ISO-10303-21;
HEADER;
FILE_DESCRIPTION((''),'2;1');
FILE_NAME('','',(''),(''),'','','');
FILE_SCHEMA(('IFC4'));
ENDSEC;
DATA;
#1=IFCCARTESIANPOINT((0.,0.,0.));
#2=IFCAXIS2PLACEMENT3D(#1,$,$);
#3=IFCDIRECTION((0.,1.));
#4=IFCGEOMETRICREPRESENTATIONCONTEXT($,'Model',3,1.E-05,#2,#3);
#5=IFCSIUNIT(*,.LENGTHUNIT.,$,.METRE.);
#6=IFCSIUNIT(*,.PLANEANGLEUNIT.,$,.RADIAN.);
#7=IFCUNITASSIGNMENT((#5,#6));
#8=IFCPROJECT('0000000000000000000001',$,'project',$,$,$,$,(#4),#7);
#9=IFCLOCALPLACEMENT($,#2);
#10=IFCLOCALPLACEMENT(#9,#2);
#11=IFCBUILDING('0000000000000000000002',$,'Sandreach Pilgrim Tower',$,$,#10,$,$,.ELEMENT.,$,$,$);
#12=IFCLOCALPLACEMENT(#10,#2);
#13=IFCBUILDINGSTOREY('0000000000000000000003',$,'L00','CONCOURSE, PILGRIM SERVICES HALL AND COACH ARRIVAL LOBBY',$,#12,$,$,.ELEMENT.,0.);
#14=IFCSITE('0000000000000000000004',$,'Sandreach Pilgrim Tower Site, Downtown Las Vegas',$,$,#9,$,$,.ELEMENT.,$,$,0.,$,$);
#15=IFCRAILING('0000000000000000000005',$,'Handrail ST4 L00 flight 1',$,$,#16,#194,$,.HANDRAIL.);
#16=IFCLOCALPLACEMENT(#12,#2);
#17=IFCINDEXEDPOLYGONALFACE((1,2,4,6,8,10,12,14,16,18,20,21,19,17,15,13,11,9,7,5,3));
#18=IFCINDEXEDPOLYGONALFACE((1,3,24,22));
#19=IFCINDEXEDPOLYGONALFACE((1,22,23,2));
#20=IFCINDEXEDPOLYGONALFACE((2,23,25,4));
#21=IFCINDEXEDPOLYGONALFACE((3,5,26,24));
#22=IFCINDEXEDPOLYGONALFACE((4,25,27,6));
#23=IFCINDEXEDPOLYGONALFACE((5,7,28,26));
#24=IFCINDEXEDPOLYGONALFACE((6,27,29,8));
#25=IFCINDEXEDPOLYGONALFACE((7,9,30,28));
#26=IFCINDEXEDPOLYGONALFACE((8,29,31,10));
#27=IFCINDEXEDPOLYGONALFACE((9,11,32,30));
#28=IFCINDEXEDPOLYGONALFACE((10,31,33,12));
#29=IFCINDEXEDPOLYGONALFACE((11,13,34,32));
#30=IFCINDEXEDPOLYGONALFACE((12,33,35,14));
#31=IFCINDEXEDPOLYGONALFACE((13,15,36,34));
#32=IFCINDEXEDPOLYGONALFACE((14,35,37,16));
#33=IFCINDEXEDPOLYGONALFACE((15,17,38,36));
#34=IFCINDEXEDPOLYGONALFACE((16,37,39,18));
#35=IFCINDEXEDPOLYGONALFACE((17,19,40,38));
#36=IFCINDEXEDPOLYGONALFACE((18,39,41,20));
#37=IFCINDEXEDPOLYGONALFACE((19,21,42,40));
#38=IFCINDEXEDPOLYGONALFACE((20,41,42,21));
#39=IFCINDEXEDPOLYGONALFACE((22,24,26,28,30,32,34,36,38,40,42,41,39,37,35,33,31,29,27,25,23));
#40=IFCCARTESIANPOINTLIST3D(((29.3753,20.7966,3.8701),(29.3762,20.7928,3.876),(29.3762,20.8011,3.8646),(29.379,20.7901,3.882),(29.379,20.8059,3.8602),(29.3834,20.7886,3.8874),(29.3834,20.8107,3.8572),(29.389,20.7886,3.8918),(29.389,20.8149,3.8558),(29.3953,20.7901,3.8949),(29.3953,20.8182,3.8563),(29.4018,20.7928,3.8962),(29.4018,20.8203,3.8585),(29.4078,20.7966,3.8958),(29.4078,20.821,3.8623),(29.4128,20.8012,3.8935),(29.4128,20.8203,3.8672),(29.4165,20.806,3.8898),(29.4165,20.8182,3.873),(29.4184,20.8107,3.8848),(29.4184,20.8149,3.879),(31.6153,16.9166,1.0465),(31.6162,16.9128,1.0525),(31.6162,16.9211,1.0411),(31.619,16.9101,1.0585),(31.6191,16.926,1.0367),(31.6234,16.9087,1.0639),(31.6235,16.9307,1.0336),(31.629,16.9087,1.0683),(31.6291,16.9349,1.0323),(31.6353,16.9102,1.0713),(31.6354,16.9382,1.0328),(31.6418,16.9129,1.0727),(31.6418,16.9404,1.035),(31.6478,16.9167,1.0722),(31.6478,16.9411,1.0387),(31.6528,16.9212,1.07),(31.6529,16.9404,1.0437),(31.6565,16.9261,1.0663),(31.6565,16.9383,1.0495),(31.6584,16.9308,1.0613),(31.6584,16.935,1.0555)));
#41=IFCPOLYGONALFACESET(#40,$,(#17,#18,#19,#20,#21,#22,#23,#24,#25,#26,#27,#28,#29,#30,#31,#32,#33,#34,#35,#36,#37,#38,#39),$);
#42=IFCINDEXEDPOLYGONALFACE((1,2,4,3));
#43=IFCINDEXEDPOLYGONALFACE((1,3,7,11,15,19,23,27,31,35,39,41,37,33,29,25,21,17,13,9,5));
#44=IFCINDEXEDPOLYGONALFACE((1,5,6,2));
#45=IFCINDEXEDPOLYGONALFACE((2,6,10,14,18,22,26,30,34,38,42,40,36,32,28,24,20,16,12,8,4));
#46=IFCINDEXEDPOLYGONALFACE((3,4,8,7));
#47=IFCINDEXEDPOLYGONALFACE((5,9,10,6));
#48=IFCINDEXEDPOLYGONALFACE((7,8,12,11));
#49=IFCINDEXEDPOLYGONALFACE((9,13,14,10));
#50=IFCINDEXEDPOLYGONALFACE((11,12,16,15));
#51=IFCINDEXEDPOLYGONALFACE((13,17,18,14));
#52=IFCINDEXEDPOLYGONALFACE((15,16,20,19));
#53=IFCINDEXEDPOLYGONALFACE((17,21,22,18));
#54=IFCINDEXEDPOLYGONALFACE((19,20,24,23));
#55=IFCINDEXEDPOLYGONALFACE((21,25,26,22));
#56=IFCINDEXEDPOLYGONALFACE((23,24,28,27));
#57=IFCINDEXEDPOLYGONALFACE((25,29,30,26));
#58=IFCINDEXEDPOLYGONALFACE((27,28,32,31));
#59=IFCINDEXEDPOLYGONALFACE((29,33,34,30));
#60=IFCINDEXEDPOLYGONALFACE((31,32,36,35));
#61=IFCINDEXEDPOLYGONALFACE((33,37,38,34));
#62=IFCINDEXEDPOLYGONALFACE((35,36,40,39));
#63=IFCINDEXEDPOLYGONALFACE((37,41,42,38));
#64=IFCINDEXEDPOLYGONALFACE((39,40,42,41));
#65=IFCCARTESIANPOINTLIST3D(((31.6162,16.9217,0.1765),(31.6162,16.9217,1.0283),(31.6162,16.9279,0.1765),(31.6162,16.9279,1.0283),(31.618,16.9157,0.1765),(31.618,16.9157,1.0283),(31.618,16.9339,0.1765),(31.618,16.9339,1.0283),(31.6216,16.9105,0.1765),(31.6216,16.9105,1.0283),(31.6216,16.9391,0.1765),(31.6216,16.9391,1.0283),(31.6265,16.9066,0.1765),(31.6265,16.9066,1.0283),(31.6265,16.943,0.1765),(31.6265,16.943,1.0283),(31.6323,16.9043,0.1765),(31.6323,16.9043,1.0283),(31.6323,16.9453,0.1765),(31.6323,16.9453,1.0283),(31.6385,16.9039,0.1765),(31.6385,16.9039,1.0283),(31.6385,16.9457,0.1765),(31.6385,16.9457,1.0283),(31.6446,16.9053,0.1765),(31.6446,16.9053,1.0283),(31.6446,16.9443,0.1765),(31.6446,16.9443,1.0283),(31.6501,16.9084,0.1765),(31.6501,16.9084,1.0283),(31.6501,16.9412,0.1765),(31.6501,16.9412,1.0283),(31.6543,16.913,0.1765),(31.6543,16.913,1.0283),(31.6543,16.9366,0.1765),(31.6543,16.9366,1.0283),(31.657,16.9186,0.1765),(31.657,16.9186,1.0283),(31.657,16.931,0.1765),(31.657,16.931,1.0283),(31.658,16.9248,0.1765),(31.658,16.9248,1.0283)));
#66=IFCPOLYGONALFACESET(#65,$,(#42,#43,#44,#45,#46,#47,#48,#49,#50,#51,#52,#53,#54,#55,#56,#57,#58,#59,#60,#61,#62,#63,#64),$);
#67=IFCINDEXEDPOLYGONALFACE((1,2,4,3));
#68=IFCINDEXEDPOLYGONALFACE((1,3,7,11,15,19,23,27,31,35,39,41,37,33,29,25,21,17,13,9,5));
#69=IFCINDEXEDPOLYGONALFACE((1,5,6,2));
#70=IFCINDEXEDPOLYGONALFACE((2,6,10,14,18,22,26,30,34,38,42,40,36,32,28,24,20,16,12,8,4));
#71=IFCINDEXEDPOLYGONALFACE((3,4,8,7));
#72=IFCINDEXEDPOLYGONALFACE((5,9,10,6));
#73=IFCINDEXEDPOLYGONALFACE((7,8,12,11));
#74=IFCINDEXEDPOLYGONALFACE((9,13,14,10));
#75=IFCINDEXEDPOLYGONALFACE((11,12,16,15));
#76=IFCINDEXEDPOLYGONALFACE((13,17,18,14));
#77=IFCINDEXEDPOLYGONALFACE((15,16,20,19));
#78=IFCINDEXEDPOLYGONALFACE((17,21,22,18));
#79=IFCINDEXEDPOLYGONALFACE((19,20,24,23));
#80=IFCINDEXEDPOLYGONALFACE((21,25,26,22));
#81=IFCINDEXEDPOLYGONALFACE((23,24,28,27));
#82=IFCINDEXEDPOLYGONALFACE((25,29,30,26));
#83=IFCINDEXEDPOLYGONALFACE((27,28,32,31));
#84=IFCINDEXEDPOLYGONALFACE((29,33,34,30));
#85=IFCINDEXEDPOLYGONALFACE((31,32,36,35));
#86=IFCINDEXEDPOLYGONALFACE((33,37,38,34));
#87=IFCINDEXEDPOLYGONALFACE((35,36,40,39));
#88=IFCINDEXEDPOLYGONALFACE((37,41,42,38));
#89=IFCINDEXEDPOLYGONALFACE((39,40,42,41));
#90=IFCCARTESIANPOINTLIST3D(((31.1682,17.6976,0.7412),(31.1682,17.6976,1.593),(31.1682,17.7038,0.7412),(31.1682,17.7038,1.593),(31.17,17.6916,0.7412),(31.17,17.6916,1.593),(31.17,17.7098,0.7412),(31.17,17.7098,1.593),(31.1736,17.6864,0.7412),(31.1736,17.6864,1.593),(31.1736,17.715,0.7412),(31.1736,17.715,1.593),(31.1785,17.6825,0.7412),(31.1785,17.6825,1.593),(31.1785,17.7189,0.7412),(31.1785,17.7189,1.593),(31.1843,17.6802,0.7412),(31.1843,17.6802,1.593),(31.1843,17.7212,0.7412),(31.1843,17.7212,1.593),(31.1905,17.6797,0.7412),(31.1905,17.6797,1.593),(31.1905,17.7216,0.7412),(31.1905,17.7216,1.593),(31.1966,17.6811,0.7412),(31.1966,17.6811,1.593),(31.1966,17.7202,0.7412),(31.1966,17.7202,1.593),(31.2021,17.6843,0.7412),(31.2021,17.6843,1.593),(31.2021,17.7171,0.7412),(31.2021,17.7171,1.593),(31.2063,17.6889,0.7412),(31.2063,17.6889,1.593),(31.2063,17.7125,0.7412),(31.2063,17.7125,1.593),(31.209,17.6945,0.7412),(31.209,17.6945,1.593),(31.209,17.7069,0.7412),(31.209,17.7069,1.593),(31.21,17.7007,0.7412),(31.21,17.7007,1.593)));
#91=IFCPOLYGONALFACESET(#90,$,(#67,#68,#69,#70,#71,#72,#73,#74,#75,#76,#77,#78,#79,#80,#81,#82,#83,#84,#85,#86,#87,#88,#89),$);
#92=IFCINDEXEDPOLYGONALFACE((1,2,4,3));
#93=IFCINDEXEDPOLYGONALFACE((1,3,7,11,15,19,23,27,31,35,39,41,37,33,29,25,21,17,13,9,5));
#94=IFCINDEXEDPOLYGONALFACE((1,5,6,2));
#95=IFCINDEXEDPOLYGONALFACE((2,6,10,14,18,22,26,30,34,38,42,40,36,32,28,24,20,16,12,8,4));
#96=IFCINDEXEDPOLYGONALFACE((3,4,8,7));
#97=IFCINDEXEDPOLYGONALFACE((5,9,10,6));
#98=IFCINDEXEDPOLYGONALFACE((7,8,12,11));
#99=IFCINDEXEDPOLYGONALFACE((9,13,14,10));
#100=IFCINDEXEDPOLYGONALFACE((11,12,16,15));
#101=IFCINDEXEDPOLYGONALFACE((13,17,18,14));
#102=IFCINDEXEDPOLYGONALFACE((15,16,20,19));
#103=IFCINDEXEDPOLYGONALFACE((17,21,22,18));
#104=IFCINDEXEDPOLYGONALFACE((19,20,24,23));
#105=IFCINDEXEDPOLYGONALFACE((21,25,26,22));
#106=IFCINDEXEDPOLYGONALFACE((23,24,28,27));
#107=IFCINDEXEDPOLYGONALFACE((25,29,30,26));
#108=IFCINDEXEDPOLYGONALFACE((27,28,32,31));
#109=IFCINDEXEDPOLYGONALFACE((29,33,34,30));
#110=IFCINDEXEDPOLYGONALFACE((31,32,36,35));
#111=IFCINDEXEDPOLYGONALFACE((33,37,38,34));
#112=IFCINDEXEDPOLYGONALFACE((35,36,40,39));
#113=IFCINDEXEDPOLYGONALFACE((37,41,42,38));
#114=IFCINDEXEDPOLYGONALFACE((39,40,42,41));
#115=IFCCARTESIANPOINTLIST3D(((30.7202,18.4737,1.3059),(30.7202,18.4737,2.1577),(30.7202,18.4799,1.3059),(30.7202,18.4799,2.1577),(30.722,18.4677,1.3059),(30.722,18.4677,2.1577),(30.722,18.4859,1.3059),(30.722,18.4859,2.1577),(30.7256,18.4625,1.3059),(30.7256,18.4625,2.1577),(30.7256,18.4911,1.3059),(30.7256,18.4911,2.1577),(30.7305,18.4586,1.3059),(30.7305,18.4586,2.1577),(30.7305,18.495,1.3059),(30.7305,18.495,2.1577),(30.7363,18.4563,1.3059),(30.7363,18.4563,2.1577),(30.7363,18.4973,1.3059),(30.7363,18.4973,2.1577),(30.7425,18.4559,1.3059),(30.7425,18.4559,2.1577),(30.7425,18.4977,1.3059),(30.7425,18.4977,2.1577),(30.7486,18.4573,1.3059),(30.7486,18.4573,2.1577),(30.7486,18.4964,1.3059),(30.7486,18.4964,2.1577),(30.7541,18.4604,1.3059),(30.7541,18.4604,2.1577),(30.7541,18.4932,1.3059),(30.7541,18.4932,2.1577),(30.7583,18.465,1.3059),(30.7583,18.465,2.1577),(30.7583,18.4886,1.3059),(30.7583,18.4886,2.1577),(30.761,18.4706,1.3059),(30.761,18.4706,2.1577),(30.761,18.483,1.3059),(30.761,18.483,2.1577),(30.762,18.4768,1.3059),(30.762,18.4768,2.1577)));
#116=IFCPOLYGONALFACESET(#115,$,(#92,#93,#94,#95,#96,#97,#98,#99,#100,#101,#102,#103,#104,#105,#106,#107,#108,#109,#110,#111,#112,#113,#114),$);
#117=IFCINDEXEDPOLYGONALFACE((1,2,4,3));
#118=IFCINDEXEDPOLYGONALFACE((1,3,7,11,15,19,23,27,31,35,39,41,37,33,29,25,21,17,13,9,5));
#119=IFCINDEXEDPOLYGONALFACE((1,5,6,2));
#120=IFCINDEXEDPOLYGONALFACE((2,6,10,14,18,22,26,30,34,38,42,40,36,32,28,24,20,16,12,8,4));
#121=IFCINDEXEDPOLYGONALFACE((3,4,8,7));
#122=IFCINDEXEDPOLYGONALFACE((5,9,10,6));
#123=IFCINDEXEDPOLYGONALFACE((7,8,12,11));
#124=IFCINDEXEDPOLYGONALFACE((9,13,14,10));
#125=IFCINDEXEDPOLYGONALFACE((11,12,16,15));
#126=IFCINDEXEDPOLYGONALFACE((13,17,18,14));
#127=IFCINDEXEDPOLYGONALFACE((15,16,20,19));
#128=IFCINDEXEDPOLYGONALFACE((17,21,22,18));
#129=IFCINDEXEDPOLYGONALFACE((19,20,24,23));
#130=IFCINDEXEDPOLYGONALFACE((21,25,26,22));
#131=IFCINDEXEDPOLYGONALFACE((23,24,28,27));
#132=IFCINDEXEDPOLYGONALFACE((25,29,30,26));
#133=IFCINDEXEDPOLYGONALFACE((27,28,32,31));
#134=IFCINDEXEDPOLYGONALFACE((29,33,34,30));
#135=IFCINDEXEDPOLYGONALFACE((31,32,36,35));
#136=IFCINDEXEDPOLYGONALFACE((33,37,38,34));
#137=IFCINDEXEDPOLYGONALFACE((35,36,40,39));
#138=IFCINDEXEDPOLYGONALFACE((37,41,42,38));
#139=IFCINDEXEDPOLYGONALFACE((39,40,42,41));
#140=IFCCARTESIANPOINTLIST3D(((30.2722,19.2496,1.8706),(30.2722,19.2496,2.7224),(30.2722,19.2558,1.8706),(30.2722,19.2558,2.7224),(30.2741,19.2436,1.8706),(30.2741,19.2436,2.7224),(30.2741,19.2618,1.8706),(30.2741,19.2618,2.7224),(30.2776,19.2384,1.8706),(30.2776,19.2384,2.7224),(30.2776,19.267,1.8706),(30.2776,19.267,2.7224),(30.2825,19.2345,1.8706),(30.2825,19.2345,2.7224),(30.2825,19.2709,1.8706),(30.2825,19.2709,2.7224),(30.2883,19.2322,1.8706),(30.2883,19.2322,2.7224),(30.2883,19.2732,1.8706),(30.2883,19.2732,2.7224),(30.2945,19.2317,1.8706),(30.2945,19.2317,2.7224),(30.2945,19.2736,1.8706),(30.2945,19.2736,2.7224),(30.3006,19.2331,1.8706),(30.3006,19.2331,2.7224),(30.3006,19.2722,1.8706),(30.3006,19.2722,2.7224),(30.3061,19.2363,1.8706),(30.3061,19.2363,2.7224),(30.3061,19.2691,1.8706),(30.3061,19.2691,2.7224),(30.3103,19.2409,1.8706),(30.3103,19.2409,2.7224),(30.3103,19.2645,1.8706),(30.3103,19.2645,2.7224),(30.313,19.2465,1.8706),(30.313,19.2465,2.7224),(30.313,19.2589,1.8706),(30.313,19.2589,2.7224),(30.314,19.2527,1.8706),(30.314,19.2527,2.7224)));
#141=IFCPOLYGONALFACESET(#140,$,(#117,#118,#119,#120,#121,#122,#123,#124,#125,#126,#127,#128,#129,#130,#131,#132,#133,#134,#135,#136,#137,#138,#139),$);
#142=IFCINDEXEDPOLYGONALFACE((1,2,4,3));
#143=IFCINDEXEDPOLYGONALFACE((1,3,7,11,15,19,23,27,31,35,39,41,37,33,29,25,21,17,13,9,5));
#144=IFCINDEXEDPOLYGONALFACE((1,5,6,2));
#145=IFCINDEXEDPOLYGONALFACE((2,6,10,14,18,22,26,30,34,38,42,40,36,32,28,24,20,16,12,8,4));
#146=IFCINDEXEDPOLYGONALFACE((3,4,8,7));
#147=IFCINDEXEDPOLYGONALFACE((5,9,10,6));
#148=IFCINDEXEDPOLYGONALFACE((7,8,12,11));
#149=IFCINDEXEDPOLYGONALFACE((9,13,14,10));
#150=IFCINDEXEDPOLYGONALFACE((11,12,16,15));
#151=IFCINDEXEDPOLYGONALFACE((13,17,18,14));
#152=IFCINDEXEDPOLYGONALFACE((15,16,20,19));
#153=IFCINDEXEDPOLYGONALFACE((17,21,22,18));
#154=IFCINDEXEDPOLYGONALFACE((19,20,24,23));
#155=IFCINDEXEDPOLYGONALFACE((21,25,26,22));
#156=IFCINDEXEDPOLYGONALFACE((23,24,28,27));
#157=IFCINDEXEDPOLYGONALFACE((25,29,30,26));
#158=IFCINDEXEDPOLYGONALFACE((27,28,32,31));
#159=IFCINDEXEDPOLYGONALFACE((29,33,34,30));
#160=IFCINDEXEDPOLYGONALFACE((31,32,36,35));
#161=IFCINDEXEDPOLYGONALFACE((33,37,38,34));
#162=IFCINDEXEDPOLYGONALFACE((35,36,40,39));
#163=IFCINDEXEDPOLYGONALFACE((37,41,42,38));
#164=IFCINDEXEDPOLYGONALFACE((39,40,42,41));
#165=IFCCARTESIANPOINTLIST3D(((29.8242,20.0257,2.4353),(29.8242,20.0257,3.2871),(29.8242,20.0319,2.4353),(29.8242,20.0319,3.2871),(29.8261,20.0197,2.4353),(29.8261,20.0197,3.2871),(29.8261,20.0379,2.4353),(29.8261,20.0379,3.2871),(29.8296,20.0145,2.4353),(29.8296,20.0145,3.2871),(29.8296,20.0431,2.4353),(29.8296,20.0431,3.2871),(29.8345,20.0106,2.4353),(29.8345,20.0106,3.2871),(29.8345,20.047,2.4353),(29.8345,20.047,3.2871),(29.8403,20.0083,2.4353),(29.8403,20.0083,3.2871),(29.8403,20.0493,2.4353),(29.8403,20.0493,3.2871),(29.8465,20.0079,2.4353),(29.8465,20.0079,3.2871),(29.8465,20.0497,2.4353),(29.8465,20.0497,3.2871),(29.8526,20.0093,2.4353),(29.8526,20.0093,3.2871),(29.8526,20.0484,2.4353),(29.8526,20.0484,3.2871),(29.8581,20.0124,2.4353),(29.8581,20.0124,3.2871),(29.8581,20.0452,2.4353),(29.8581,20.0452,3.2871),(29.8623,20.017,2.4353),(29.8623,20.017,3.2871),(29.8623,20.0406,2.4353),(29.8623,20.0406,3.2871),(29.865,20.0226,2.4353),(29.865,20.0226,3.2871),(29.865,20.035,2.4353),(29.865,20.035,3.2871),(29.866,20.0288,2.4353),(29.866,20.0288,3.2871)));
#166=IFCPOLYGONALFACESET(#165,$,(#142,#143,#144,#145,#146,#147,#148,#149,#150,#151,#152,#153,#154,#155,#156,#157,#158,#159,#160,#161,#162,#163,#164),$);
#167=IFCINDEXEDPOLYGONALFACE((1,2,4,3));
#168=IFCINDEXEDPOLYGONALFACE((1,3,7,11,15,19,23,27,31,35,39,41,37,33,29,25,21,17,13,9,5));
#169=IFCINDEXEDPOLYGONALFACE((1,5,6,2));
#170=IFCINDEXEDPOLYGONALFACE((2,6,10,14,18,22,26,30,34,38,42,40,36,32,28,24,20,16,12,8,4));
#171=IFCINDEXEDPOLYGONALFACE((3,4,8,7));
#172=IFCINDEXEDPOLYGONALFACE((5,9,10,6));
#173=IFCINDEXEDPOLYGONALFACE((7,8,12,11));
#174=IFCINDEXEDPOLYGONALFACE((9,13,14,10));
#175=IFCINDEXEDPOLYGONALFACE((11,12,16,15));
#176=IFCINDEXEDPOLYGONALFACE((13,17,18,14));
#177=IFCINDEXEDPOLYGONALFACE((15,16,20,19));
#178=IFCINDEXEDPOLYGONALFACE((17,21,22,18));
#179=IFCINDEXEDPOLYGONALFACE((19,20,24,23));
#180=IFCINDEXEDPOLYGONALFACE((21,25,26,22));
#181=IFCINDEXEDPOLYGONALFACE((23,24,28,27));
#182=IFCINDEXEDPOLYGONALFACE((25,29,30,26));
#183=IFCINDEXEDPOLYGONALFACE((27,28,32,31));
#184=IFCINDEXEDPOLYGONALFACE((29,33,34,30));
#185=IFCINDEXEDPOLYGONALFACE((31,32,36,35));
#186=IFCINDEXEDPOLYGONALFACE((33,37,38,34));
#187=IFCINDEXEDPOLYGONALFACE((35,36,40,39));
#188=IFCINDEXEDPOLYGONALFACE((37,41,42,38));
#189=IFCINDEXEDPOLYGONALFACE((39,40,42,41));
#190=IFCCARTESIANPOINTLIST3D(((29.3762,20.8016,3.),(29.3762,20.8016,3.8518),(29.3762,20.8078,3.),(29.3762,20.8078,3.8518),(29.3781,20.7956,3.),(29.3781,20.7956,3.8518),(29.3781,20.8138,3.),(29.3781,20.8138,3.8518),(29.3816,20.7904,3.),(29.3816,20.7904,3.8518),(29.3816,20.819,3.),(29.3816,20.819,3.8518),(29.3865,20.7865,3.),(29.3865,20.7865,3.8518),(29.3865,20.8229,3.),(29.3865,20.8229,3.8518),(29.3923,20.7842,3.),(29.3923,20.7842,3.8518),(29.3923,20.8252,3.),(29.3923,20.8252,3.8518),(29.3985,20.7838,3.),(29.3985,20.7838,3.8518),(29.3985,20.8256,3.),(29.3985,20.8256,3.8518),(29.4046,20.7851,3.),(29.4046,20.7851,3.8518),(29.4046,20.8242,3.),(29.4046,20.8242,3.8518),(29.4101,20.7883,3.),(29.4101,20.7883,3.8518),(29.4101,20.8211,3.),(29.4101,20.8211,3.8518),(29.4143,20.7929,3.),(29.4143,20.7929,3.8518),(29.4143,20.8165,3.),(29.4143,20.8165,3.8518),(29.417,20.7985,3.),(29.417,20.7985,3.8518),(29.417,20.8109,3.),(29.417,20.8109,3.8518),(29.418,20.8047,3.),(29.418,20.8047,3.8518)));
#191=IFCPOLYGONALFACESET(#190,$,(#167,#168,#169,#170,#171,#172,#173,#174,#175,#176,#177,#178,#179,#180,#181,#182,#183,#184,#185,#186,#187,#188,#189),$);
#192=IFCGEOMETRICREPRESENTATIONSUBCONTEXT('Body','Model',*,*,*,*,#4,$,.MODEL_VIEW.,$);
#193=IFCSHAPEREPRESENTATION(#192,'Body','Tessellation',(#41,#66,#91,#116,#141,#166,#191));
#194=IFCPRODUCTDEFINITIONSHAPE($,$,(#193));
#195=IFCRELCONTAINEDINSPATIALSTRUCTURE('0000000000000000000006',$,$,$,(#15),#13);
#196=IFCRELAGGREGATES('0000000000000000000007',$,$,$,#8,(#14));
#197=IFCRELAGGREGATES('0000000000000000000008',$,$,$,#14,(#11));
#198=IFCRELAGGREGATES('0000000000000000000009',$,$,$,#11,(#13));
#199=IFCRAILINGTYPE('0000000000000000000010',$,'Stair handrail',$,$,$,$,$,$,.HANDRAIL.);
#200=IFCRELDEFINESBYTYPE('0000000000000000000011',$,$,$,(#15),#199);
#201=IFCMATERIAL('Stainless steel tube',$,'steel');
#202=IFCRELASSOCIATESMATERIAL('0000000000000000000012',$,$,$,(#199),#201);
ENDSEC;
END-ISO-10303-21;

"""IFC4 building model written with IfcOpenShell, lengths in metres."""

from ifc_helpers import new_model, si_unit, direction, frame, origin, origin_2d, place, context, subcontext, project, spatial, circle, extrude, material, type_object, element, save


model = new_model("IFC4")

# Units and contexts
model_context = context("Model", 3, precision=1e-05, world=origin(), true_north=direction((0.0, 1.0)))
body_context = subcontext(model_context, "Body", "Model", "MODEL_VIEW")
ifc_project = project(units=[si_unit("LENGTHUNIT", "METRE"), si_unit("PLANEANGLEUNIT", "RADIAN")], contexts=[model_context])

# Site, building, storey
site_placement = place(None, origin())
site = spatial("IfcSite", under=ifc_project, at=site_placement, Name="Sandreach Pilgrim Tower Site, Downtown Las Vegas", CompositionType="ELEMENT", RefElevation=0.0)
building_placement = place(site_placement, origin())
building = spatial("IfcBuilding", under=site, at=building_placement, Name="Sandreach Pilgrim Tower", CompositionType="ELEMENT")
storey_placement = place(building_placement, origin())
storey = spatial("IfcBuildingStorey", under=building, at=storey_placement, Name="L00", Description="CONCOURSE, PILGRIM SERVICES HALL AND COACH ARRIVAL LOBBY", CompositionType="ELEMENT", Elevation=0.0)

# Railing
ifc_material_1 = material(Name="Stainless steel tube", Category="steel")
railing_type = type_object("IfcRailingType", Name="Stair handrail", PredefinedType="HANDRAIL", material=ifc_material_1)
railing_placement = place(storey_placement, frame((31.637, 16.9248, 0.1765)))
element("IfcRailing", 1, at=railing_placement, inside=storey, type_object=railing_type, Name="Handrail ST4 L00 flight 1", PredefinedType="HANDRAIL", context=body_context, shape_type="SweptSolid", body=[
    extrude(circle(Radius=0.0239, at=origin_2d()), frame((0.0, 0.0, 0.876), z_axis=(-0.422993, 0.732665, 0.533178), x_axis=(-0.866031, -0.49999, 0.0)), (0.0, 0.0, 1.0), 5.2957),
    extrude(circle(Radius=0.021, at=origin_2d()), origin(), (0.0, 0.0, 1.0), 0.8518),
    extrude(circle(Radius=0.021, at=origin_2d()), frame((-0.448, 0.7759, 0.5647)), (0.0, 0.0, 1.0), 0.8518),
    extrude(circle(Radius=0.021, at=origin_2d()), frame((-0.896, 1.552, 1.1294)), (0.0, 0.0, 1.0), 0.8518),
    extrude(circle(Radius=0.021, at=origin_2d()), frame((-1.344, 2.3279, 1.6941)), (0.0, 0.0, 1.0), 0.8518),
    extrude(circle(Radius=0.021, at=origin_2d()), frame((-1.792, 3.104, 2.2588)), (0.0, 0.0, 1.0), 0.8518),
    extrude(circle(Radius=0.021, at=origin_2d()), frame((-2.24, 3.8799, 2.8235)), (0.0, 0.0, 1.0), 0.8518),
])

save(model, "model.ifc")
